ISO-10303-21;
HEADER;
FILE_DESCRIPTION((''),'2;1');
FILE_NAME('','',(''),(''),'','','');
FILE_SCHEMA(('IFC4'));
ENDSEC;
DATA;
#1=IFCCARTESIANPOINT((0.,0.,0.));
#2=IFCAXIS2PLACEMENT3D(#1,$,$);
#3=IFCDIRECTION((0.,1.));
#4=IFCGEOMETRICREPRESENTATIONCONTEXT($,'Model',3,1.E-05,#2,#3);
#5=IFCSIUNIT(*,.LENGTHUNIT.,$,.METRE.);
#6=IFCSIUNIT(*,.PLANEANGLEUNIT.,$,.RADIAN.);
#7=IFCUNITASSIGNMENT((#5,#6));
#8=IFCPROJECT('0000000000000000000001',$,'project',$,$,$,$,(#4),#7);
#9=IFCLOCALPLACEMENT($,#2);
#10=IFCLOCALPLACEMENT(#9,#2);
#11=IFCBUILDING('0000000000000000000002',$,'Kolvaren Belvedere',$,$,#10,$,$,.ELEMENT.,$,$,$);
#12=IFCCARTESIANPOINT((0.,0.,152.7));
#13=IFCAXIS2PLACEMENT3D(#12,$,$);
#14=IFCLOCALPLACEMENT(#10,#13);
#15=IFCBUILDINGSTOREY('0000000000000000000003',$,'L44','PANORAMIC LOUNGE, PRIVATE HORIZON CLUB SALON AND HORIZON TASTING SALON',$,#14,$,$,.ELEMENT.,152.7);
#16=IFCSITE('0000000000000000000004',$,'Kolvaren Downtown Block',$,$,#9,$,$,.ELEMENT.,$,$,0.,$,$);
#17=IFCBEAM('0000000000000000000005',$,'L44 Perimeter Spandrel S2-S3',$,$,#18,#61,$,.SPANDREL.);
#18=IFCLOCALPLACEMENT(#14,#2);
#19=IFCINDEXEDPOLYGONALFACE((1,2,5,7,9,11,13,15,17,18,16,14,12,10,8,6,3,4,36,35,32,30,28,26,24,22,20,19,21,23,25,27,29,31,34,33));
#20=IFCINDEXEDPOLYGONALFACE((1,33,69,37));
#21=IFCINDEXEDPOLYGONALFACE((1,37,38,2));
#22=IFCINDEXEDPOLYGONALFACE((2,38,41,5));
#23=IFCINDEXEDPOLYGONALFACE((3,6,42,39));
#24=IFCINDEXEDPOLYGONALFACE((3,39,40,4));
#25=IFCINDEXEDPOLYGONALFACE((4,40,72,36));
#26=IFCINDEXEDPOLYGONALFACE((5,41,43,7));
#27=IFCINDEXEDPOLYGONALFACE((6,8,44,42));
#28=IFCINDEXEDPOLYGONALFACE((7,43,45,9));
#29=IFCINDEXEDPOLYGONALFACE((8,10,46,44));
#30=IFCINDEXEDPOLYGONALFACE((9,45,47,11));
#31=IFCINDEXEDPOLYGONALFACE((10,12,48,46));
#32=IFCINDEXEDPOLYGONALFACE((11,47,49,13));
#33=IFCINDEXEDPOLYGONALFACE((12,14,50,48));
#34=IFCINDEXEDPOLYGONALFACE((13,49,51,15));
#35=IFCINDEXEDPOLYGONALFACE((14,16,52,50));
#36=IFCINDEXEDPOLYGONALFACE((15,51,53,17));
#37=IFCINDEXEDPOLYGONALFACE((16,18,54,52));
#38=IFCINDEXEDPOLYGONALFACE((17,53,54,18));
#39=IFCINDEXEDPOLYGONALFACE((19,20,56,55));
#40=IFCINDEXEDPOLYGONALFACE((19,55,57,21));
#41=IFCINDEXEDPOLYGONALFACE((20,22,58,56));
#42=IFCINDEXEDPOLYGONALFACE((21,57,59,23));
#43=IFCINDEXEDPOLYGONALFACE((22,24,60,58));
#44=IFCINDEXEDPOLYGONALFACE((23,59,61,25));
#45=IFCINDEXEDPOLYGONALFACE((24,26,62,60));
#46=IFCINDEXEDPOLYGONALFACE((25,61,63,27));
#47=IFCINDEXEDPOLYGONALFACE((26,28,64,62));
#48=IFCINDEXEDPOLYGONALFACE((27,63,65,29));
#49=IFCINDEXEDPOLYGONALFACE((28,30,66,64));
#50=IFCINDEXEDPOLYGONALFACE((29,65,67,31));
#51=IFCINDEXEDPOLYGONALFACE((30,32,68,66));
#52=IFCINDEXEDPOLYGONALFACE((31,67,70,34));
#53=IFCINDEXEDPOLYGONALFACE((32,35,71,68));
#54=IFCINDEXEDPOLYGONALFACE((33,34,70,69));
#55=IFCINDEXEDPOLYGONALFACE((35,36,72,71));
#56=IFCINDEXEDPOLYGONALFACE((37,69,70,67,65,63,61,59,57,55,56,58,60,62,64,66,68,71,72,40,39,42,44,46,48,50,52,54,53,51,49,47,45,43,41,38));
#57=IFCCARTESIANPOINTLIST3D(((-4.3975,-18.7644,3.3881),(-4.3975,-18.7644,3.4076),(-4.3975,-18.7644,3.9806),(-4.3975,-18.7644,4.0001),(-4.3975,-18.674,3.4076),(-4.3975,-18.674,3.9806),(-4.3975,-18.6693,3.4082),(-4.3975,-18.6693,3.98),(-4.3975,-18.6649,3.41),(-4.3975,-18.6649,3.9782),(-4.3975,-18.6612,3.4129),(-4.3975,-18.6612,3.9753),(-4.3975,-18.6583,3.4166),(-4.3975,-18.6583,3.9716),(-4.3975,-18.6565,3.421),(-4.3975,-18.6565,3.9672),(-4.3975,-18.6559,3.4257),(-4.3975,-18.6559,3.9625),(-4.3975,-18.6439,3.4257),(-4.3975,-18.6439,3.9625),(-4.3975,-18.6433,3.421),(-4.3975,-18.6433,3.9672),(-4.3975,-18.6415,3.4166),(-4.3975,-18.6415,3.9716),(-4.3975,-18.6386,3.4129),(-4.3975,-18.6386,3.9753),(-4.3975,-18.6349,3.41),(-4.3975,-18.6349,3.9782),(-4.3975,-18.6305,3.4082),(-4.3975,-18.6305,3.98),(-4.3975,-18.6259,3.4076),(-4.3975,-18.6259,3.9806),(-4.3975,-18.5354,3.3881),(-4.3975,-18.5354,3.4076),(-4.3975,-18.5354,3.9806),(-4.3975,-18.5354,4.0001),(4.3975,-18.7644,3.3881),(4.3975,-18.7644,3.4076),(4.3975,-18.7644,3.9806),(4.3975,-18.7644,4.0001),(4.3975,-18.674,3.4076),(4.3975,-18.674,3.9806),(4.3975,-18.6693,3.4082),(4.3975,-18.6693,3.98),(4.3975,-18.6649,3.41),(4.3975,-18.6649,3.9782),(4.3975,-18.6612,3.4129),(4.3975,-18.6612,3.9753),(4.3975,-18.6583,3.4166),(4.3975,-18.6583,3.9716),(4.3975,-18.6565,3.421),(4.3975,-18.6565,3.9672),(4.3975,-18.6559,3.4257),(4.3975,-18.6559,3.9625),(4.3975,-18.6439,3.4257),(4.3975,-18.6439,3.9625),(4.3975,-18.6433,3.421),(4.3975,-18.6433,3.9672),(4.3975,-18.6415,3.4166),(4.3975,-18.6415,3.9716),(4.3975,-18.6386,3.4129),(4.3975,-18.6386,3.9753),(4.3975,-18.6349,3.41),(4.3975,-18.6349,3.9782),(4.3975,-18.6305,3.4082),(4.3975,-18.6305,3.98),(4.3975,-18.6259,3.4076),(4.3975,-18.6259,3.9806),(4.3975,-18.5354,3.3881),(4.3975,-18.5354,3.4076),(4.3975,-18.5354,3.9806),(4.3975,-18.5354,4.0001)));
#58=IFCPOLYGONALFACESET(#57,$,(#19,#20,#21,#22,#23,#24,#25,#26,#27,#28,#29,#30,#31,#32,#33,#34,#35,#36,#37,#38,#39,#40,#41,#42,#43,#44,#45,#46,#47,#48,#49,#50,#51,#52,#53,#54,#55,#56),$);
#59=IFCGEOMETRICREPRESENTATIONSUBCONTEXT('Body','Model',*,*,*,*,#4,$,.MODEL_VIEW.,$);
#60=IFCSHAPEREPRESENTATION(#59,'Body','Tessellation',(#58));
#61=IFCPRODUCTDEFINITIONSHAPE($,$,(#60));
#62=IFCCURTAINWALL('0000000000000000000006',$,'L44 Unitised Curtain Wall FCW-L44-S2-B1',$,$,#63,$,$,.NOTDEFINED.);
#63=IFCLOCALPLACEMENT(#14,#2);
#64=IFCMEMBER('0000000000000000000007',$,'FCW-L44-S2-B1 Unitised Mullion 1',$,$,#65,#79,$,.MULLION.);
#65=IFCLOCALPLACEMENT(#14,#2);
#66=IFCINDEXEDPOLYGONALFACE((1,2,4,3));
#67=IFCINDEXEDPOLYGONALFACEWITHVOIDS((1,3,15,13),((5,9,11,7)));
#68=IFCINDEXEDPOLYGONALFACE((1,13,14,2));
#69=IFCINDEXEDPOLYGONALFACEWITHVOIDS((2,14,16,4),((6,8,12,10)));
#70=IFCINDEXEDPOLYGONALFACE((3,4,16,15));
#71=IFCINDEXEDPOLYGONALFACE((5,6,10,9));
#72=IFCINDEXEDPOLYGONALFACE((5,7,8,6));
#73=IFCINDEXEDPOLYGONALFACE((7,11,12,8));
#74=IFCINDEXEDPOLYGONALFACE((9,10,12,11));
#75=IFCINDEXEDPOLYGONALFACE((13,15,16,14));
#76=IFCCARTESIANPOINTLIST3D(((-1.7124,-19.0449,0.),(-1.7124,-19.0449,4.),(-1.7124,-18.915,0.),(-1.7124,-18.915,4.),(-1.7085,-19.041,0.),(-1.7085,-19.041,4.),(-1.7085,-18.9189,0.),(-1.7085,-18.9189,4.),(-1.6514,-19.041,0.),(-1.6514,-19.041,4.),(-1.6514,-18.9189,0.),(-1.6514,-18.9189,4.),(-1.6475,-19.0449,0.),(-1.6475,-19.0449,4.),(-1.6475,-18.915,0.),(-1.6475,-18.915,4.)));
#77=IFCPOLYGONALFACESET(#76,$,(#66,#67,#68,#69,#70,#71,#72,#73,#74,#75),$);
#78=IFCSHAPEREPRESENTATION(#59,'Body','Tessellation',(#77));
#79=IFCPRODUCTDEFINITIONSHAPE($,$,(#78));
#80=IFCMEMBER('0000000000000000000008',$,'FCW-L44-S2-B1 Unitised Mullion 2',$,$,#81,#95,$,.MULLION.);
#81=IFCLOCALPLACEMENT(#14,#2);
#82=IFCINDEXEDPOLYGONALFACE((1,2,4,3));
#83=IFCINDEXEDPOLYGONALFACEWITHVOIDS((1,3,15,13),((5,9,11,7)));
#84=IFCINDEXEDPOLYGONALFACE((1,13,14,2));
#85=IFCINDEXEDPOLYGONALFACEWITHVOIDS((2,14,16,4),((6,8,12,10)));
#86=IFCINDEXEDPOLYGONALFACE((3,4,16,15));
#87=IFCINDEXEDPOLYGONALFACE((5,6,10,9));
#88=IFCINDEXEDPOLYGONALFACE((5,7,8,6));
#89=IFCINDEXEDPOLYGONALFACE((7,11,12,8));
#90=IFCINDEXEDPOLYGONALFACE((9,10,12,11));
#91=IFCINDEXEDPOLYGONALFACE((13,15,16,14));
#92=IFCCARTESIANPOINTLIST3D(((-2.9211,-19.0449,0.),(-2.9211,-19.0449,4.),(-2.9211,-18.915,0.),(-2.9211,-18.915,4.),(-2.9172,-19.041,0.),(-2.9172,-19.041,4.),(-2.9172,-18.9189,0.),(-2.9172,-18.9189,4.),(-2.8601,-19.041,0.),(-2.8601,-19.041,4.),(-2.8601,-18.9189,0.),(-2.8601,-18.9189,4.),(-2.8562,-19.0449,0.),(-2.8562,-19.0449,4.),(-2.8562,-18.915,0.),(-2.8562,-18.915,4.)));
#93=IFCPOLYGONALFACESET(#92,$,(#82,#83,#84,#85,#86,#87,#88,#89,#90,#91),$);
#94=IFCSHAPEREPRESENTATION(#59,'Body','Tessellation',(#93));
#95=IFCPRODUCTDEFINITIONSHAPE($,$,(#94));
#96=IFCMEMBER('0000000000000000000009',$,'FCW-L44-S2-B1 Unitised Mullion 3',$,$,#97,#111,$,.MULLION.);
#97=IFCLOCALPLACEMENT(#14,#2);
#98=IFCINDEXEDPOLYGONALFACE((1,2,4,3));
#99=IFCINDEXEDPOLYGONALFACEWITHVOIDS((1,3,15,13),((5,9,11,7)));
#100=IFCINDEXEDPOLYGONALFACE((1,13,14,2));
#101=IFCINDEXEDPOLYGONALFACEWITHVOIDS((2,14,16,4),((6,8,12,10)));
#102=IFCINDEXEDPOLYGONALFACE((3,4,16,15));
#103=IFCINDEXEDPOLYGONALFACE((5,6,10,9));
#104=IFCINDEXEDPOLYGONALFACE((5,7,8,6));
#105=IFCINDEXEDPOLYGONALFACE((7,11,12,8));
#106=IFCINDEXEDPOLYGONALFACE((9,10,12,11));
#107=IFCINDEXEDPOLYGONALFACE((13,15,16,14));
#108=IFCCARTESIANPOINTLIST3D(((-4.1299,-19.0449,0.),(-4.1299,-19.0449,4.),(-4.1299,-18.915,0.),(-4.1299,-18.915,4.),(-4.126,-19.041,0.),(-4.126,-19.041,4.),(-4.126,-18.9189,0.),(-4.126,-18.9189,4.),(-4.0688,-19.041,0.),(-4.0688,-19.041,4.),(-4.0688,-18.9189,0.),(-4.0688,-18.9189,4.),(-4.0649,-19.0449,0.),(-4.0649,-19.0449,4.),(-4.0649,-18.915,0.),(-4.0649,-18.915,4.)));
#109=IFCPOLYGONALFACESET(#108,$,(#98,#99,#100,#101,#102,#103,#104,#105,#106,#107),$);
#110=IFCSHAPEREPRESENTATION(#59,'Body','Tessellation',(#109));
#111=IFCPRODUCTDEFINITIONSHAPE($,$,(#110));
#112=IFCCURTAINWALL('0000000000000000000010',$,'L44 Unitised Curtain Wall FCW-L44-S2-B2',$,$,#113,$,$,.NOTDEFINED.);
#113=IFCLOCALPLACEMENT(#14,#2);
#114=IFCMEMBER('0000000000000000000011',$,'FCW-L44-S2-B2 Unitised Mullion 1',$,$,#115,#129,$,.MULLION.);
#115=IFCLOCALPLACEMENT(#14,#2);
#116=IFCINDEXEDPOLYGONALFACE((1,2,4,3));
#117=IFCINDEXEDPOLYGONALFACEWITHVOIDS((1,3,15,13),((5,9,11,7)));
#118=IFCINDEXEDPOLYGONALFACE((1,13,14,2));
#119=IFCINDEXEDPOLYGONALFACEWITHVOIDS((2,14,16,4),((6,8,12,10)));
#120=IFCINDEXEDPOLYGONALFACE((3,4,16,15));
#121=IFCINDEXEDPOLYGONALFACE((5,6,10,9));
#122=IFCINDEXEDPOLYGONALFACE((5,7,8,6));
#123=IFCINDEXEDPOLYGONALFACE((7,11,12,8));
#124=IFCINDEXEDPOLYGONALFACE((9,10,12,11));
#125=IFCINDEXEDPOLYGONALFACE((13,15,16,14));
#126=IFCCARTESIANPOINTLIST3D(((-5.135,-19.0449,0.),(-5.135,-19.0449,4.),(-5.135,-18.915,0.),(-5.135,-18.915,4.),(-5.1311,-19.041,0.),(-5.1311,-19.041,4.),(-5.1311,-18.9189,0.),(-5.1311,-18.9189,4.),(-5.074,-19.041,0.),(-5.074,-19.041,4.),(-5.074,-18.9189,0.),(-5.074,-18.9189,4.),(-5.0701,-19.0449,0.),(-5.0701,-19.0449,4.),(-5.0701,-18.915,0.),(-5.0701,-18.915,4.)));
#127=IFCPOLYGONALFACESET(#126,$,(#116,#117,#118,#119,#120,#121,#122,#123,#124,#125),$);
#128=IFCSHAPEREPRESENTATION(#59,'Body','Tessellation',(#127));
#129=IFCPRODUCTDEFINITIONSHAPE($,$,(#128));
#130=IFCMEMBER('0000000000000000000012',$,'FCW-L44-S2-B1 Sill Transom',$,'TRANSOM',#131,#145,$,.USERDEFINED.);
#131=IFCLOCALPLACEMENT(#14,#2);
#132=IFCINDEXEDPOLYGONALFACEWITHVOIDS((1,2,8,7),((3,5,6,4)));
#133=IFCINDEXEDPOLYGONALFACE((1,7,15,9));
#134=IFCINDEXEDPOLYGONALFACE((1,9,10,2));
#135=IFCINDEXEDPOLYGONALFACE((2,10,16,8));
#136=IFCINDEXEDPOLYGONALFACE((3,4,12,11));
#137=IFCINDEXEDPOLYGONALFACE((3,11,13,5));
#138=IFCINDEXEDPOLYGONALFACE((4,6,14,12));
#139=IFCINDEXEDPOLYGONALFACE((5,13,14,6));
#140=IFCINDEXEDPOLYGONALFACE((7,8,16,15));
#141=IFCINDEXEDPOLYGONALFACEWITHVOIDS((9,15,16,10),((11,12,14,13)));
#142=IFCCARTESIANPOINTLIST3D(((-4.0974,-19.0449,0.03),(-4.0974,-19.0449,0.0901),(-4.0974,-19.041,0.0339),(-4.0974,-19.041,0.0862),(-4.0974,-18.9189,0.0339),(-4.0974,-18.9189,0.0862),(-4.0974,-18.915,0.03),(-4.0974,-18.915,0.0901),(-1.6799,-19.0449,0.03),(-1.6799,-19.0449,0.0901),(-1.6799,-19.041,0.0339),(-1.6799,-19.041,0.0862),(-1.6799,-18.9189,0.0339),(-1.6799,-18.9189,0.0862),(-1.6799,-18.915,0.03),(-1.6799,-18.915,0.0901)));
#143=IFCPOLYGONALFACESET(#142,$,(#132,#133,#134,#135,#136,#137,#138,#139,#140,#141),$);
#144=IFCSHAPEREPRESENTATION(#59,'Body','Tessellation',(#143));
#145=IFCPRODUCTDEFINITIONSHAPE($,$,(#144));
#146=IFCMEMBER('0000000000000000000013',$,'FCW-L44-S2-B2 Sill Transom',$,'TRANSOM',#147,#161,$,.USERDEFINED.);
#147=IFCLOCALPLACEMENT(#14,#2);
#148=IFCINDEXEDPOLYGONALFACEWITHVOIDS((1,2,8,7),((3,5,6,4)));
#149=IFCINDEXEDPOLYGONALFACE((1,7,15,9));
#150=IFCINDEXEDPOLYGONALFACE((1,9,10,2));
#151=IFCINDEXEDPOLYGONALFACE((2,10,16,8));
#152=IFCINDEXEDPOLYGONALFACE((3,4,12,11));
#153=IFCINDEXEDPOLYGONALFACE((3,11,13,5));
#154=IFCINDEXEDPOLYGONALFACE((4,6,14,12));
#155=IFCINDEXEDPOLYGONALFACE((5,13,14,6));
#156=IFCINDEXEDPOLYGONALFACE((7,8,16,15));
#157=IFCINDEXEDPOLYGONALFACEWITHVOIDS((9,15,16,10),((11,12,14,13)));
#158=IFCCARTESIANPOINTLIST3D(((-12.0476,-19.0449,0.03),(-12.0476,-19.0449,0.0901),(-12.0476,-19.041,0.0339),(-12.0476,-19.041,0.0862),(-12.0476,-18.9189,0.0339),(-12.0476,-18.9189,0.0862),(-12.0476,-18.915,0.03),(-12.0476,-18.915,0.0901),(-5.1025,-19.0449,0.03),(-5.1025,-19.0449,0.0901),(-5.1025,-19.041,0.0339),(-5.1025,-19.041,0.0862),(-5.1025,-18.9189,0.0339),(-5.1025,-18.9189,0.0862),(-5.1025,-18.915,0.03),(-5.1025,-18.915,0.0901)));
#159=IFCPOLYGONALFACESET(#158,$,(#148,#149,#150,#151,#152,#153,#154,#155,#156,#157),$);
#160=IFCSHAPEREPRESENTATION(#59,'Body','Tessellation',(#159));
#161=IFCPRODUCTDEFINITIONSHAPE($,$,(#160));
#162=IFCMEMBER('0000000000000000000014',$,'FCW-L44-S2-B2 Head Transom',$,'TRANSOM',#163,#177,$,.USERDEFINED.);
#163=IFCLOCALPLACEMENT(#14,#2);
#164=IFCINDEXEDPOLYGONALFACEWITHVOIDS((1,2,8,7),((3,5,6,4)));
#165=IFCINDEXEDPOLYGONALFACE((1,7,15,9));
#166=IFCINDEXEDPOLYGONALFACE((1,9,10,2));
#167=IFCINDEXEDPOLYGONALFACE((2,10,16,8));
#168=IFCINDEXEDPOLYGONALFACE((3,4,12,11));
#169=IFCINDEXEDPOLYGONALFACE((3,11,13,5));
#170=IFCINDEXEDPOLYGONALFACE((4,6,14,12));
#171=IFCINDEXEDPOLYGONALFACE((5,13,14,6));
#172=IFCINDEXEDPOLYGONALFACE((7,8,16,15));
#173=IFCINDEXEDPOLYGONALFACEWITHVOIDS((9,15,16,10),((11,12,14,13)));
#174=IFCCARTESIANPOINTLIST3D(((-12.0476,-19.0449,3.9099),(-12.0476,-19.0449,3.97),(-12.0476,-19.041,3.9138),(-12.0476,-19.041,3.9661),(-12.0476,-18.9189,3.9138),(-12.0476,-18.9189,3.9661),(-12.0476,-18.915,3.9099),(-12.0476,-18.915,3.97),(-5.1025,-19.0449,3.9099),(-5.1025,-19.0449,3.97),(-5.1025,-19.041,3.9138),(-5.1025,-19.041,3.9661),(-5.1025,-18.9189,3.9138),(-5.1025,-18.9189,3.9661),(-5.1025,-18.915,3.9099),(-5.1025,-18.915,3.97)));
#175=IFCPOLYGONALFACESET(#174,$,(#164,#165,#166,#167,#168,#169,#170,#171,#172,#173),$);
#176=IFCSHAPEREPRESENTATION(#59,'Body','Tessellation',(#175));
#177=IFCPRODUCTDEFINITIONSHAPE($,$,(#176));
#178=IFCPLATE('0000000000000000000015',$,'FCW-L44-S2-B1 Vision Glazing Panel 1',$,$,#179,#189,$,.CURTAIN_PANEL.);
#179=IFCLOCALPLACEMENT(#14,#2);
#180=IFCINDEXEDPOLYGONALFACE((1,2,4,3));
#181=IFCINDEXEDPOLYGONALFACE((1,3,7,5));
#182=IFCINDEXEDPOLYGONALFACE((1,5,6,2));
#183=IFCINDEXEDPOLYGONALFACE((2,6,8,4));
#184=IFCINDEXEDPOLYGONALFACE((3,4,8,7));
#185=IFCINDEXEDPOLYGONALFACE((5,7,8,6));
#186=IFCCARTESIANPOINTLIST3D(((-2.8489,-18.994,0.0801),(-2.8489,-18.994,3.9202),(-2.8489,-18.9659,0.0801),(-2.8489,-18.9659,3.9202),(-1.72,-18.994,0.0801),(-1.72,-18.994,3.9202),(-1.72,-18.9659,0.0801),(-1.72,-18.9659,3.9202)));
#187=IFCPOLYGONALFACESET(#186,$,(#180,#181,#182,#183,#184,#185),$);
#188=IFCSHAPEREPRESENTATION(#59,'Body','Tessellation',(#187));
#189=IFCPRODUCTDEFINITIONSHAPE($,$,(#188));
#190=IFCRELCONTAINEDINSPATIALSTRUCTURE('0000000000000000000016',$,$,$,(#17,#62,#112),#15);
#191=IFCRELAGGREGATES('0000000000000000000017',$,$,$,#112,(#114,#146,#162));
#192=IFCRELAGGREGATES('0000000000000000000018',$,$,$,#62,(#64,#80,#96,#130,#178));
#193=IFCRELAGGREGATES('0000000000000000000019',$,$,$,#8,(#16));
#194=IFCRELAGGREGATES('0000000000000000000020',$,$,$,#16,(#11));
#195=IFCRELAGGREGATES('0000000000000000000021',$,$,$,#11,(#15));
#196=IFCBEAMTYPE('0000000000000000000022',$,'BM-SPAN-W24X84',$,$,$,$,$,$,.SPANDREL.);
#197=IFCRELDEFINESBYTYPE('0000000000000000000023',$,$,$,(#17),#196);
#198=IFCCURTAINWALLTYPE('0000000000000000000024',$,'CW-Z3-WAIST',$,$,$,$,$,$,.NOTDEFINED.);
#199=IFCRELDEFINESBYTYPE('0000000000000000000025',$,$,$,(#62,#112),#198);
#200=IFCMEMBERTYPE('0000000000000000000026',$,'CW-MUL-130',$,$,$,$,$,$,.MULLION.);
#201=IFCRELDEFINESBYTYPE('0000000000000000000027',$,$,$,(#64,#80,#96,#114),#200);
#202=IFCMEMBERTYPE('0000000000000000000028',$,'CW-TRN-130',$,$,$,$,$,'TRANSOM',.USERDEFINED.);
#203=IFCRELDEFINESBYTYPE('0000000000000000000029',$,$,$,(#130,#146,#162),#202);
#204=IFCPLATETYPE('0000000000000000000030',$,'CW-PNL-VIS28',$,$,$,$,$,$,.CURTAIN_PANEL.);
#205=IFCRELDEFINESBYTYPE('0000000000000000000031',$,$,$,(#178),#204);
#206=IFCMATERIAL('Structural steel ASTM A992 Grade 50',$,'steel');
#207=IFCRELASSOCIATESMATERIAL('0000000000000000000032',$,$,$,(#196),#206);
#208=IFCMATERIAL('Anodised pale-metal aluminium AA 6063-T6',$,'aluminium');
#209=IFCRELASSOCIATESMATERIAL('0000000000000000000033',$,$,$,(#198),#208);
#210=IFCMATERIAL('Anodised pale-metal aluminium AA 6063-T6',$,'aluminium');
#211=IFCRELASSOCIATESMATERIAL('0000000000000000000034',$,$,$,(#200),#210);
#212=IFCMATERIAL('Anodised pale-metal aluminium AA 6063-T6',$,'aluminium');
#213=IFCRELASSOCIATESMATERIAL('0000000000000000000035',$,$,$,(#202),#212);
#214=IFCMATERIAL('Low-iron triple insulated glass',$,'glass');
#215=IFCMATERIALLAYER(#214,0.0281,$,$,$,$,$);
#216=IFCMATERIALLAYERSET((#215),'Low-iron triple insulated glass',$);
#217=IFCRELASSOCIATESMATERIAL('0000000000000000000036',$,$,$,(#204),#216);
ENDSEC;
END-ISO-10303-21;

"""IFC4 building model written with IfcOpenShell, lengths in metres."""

from ifc_helpers import new_model, si_unit, direction, frame, origin, origin_2d, place, context, subcontext, project, spatial, rectangle, hollow_rectangle, i_section, extrude, material, layer, layer_set, material_profile, profile_set, type_object, element, aggregate, save


model = new_model("IFC4")

# Units and contexts
model_context = context("Model", 3, precision=1e-05, world=origin(), true_north=direction((0.0, 1.0)))
body_context = subcontext(model_context, "Body", "Model", "MODEL_VIEW")
ifc_project = project(units=[si_unit("LENGTHUNIT", "METRE"), si_unit("PLANEANGLEUNIT", "RADIAN")], contexts=[model_context])

# Site, building, storey
site_placement = place(None, origin())
site = spatial("IfcSite", under=ifc_project, at=site_placement, Name="Kolvaren Downtown Block", CompositionType="ELEMENT", RefElevation=0.0)
building_placement = place(site_placement, origin())
building = spatial("IfcBuilding", under=site, at=building_placement, Name="Kolvaren Belvedere", CompositionType="ELEMENT")
storey_placement = place(building_placement, frame((0.0, 0.0, 152.7)))
storey = spatial("IfcBuildingStorey", under=building, at=storey_placement, Name="L44", Description="PANORAMIC LOUNGE, PRIVATE HORIZON CLUB SALON AND HORIZON TASTING SALON", CompositionType="ELEMENT", Elevation=152.7)

# Beam
ifc_material_1 = material(Name="Structural steel ASTM A992 Grade 50", Category="steel")
ifc_material_profile_1 = material_profile(ifc_material_1, i_section(OverallWidth=0.229, OverallDepth=0.6121, WebThickness=0.012, FlangeThickness=0.0195, FilletRadius=0.0181, at=origin_2d()), Name="W24X84")
ifc_profile_set_1 = profile_set([ifc_material_profile_1], Name="Structural steel ASTM A992 Grade 50")
beam_type_1 = type_object("IfcBeamType", Name="BM-SPAN-W24X84", PredefinedType="SPANDREL", material=ifc_profile_set_1)
beam_1_placement = place(storey_placement, frame((-4.3975, -18.6499, 3.6941), z_axis=(1.0, 0.0, 0.0), x_axis=(0.0, 1.0, 0.0)))
element("IfcBeam", 1, at=beam_1_placement, inside=storey, type_object=beam_type_1, Name="L44 Perimeter Spandrel S2-S3", PredefinedType="SPANDREL", context=body_context, shape_type="SweptSolid", body=[
    extrude(i_section(OverallWidth=0.229, OverallDepth=0.6121, WebThickness=0.012, FlangeThickness=0.0195, FilletRadius=0.0181, at=origin_2d()), origin(), (0.0, 0.0, 1.0), 8.7949),
])

# Curtain wall, members
ifc_material_2 = material(Name="Anodised pale-metal aluminium AA 6063-T6", Category="aluminium")
curtain_wall_type = type_object("IfcCurtainWallType", Name="CW-Z3-WAIST", PredefinedType="NOTDEFINED", material=ifc_material_2)
curtain_wall_1_placement = place(storey_placement, origin())
curtain_wall_1 = element("IfcCurtainWall", 2, at=curtain_wall_1_placement, inside=storey, type_object=curtain_wall_type, Name="L44 Unitised Curtain Wall FCW-L44-S2-B1", PredefinedType="NOTDEFINED")
ifc_material_3 = material(Name="Anodised pale-metal aluminium AA 6063-T6", Category="aluminium")
ifc_material_profile_2 = material_profile(ifc_material_3, hollow_rectangle(XDim=0.0649, YDim=0.1299, WallThickness=0.0039, at=origin_2d()), Name="ALU-MUL-130X65")
ifc_profile_set_2 = profile_set([ifc_material_profile_2], Name="Anodised pale-metal aluminium AA 6063-T6")
member_type_1 = type_object("IfcMemberType", Name="CW-MUL-130", PredefinedType="MULLION", material=ifc_profile_set_2)
member_1_placement = place(storey_placement, frame((-1.6799, -18.98, 0.0), z_axis=(0.0, 0.0, 1.0), x_axis=(1.0, 0.0, 0.0)))
member_1 = element("IfcMember", 3, at=member_1_placement, type_object=member_type_1, Name="FCW-L44-S2-B1 Unitised Mullion 1", PredefinedType="MULLION", context=body_context, shape_type="SweptSolid", body=[
    extrude(hollow_rectangle(XDim=0.0649, YDim=0.1299, WallThickness=0.0039, at=origin_2d()), origin(), (0.0, 0.0, 1.0), 4.0),
])
member_2_placement = place(storey_placement, frame((-2.8887, -18.98, 0.0), z_axis=(0.0, 0.0, 1.0), x_axis=(1.0, 0.0, 0.0)))
member_2 = element("IfcMember", 4, at=member_2_placement, type_object=member_type_1, Name="FCW-L44-S2-B1 Unitised Mullion 2", PredefinedType="MULLION", context=body_context, shape_type="SweptSolid", body=[
    extrude(hollow_rectangle(XDim=0.0649, YDim=0.1299, WallThickness=0.0039, at=origin_2d()), origin(), (0.0, 0.0, 1.0), 4.0),
])
member_3_placement = place(storey_placement, frame((-4.0974, -18.98, 0.0), z_axis=(0.0, 0.0, 1.0), x_axis=(1.0, 0.0, 0.0)))
member_3 = element("IfcMember", 5, at=member_3_placement, type_object=member_type_1, Name="FCW-L44-S2-B1 Unitised Mullion 3", PredefinedType="MULLION", context=body_context, shape_type="SweptSolid", body=[
    extrude(hollow_rectangle(XDim=0.0649, YDim=0.1299, WallThickness=0.0039, at=origin_2d()), origin(), (0.0, 0.0, 1.0), 4.0),
])

# Curtain wall, member
curtain_wall_2_placement = place(storey_placement, origin())
curtain_wall_2 = element("IfcCurtainWall", 6, at=curtain_wall_2_placement, inside=storey, type_object=curtain_wall_type, Name="L44 Unitised Curtain Wall FCW-L44-S2-B2", PredefinedType="NOTDEFINED")
member_4_placement = place(storey_placement, frame((-5.1025, -18.98, 0.0), z_axis=(0.0, 0.0, 1.0), x_axis=(1.0, 0.0, 0.0)))
member_4 = element("IfcMember", 7, at=member_4_placement, type_object=member_type_1, Name="FCW-L44-S2-B2 Unitised Mullion 1", PredefinedType="MULLION", context=body_context, shape_type="SweptSolid", body=[
    extrude(hollow_rectangle(XDim=0.0649, YDim=0.1299, WallThickness=0.0039, at=origin_2d()), origin(), (0.0, 0.0, 1.0), 4.0),
])

# Members
ifc_material_4 = material(Name="Anodised pale-metal aluminium AA 6063-T6", Category="aluminium")
ifc_material_profile_3 = material_profile(ifc_material_4, hollow_rectangle(XDim=0.0601, YDim=0.1299, WallThickness=0.0039, at=origin_2d()), Name="ALU-TRN-130X60")
ifc_profile_set_3 = profile_set([ifc_material_profile_3], Name="Anodised pale-metal aluminium AA 6063-T6")
member_type_2 = type_object("IfcMemberType", Name="CW-TRN-130", ElementType="TRANSOM", PredefinedType="USERDEFINED", material=ifc_profile_set_3)
member_5_placement = place(storey_placement, frame((-1.6799, -18.98, 0.0601), z_axis=(-1.0, 0.0, 0.0), x_axis=(0.0, 0.0, 1.0)))
member_5 = element("IfcMember", 8, at=member_5_placement, type_object=member_type_2, Name="FCW-L44-S2-B1 Sill Transom", ObjectType="TRANSOM", PredefinedType="USERDEFINED", context=body_context, shape_type="SweptSolid", body=[
    extrude(hollow_rectangle(XDim=0.0601, YDim=0.1299, WallThickness=0.0039, at=origin_2d()), origin(), (0.0, 0.0, 1.0), 2.4175),
])
member_6_placement = place(storey_placement, frame((-5.1025, -18.98, 0.0601), z_axis=(-1.0, 0.0, 0.0), x_axis=(0.0, 0.0, 1.0)))
member_6 = element("IfcMember", 9, at=member_6_placement, type_object=member_type_2, Name="FCW-L44-S2-B2 Sill Transom", ObjectType="TRANSOM", PredefinedType="USERDEFINED", context=body_context, shape_type="SweptSolid", body=[
    extrude(hollow_rectangle(XDim=0.0601, YDim=0.1299, WallThickness=0.0039, at=origin_2d()), origin(), (0.0, 0.0, 1.0), 6.9451),
])
member_7_placement = place(storey_placement, frame((-5.1025, -18.98, 3.9399), z_axis=(-1.0, 0.0, 0.0), x_axis=(0.0, 0.0, 1.0)))
member_7 = element("IfcMember", 10, at=member_7_placement, type_object=member_type_2, Name="FCW-L44-S2-B2 Head Transom", ObjectType="TRANSOM", PredefinedType="USERDEFINED", context=body_context, shape_type="SweptSolid", body=[
    extrude(hollow_rectangle(XDim=0.0601, YDim=0.1299, WallThickness=0.0039, at=origin_2d()), origin(), (0.0, 0.0, 1.0), 6.9451),
])
aggregate(curtain_wall_2, [member_4, member_6, member_7])

# Plate
ifc_material_5 = material(Name="Low-iron triple insulated glass", Category="glass")
ifc_layer_1 = layer(ifc_material_5, 0.0281)
ifc_layer_set_1 = layer_set([ifc_layer_1], Name="Low-iron triple insulated glass")
plate_type_1 = type_object("IfcPlateType", Name="CW-PNL-VIS28", PredefinedType="CURTAIN_PANEL", material=ifc_layer_set_1)
plate_1_placement = place(storey_placement, frame((-2.2844, -18.98, 0.0801), z_axis=(0.0, 0.0, 1.0), x_axis=(-1.0, 0.0, 0.0)))
plate_1 = element("IfcPlate", 11, at=plate_1_placement, type_object=plate_type_1, Name="FCW-L44-S2-B1 Vision Glazing Panel 1", PredefinedType="CURTAIN_PANEL", context=body_context, shape_type="SweptSolid", body=[
    extrude(rectangle(XDim=1.1289, YDim=0.0281, at=origin_2d()), origin(), (0.0, 0.0, 1.0), 3.8401),
])
aggregate(curtain_wall_1, [member_1, member_2, member_3, member_5, plate_1])

save(model, "model.ifc")
